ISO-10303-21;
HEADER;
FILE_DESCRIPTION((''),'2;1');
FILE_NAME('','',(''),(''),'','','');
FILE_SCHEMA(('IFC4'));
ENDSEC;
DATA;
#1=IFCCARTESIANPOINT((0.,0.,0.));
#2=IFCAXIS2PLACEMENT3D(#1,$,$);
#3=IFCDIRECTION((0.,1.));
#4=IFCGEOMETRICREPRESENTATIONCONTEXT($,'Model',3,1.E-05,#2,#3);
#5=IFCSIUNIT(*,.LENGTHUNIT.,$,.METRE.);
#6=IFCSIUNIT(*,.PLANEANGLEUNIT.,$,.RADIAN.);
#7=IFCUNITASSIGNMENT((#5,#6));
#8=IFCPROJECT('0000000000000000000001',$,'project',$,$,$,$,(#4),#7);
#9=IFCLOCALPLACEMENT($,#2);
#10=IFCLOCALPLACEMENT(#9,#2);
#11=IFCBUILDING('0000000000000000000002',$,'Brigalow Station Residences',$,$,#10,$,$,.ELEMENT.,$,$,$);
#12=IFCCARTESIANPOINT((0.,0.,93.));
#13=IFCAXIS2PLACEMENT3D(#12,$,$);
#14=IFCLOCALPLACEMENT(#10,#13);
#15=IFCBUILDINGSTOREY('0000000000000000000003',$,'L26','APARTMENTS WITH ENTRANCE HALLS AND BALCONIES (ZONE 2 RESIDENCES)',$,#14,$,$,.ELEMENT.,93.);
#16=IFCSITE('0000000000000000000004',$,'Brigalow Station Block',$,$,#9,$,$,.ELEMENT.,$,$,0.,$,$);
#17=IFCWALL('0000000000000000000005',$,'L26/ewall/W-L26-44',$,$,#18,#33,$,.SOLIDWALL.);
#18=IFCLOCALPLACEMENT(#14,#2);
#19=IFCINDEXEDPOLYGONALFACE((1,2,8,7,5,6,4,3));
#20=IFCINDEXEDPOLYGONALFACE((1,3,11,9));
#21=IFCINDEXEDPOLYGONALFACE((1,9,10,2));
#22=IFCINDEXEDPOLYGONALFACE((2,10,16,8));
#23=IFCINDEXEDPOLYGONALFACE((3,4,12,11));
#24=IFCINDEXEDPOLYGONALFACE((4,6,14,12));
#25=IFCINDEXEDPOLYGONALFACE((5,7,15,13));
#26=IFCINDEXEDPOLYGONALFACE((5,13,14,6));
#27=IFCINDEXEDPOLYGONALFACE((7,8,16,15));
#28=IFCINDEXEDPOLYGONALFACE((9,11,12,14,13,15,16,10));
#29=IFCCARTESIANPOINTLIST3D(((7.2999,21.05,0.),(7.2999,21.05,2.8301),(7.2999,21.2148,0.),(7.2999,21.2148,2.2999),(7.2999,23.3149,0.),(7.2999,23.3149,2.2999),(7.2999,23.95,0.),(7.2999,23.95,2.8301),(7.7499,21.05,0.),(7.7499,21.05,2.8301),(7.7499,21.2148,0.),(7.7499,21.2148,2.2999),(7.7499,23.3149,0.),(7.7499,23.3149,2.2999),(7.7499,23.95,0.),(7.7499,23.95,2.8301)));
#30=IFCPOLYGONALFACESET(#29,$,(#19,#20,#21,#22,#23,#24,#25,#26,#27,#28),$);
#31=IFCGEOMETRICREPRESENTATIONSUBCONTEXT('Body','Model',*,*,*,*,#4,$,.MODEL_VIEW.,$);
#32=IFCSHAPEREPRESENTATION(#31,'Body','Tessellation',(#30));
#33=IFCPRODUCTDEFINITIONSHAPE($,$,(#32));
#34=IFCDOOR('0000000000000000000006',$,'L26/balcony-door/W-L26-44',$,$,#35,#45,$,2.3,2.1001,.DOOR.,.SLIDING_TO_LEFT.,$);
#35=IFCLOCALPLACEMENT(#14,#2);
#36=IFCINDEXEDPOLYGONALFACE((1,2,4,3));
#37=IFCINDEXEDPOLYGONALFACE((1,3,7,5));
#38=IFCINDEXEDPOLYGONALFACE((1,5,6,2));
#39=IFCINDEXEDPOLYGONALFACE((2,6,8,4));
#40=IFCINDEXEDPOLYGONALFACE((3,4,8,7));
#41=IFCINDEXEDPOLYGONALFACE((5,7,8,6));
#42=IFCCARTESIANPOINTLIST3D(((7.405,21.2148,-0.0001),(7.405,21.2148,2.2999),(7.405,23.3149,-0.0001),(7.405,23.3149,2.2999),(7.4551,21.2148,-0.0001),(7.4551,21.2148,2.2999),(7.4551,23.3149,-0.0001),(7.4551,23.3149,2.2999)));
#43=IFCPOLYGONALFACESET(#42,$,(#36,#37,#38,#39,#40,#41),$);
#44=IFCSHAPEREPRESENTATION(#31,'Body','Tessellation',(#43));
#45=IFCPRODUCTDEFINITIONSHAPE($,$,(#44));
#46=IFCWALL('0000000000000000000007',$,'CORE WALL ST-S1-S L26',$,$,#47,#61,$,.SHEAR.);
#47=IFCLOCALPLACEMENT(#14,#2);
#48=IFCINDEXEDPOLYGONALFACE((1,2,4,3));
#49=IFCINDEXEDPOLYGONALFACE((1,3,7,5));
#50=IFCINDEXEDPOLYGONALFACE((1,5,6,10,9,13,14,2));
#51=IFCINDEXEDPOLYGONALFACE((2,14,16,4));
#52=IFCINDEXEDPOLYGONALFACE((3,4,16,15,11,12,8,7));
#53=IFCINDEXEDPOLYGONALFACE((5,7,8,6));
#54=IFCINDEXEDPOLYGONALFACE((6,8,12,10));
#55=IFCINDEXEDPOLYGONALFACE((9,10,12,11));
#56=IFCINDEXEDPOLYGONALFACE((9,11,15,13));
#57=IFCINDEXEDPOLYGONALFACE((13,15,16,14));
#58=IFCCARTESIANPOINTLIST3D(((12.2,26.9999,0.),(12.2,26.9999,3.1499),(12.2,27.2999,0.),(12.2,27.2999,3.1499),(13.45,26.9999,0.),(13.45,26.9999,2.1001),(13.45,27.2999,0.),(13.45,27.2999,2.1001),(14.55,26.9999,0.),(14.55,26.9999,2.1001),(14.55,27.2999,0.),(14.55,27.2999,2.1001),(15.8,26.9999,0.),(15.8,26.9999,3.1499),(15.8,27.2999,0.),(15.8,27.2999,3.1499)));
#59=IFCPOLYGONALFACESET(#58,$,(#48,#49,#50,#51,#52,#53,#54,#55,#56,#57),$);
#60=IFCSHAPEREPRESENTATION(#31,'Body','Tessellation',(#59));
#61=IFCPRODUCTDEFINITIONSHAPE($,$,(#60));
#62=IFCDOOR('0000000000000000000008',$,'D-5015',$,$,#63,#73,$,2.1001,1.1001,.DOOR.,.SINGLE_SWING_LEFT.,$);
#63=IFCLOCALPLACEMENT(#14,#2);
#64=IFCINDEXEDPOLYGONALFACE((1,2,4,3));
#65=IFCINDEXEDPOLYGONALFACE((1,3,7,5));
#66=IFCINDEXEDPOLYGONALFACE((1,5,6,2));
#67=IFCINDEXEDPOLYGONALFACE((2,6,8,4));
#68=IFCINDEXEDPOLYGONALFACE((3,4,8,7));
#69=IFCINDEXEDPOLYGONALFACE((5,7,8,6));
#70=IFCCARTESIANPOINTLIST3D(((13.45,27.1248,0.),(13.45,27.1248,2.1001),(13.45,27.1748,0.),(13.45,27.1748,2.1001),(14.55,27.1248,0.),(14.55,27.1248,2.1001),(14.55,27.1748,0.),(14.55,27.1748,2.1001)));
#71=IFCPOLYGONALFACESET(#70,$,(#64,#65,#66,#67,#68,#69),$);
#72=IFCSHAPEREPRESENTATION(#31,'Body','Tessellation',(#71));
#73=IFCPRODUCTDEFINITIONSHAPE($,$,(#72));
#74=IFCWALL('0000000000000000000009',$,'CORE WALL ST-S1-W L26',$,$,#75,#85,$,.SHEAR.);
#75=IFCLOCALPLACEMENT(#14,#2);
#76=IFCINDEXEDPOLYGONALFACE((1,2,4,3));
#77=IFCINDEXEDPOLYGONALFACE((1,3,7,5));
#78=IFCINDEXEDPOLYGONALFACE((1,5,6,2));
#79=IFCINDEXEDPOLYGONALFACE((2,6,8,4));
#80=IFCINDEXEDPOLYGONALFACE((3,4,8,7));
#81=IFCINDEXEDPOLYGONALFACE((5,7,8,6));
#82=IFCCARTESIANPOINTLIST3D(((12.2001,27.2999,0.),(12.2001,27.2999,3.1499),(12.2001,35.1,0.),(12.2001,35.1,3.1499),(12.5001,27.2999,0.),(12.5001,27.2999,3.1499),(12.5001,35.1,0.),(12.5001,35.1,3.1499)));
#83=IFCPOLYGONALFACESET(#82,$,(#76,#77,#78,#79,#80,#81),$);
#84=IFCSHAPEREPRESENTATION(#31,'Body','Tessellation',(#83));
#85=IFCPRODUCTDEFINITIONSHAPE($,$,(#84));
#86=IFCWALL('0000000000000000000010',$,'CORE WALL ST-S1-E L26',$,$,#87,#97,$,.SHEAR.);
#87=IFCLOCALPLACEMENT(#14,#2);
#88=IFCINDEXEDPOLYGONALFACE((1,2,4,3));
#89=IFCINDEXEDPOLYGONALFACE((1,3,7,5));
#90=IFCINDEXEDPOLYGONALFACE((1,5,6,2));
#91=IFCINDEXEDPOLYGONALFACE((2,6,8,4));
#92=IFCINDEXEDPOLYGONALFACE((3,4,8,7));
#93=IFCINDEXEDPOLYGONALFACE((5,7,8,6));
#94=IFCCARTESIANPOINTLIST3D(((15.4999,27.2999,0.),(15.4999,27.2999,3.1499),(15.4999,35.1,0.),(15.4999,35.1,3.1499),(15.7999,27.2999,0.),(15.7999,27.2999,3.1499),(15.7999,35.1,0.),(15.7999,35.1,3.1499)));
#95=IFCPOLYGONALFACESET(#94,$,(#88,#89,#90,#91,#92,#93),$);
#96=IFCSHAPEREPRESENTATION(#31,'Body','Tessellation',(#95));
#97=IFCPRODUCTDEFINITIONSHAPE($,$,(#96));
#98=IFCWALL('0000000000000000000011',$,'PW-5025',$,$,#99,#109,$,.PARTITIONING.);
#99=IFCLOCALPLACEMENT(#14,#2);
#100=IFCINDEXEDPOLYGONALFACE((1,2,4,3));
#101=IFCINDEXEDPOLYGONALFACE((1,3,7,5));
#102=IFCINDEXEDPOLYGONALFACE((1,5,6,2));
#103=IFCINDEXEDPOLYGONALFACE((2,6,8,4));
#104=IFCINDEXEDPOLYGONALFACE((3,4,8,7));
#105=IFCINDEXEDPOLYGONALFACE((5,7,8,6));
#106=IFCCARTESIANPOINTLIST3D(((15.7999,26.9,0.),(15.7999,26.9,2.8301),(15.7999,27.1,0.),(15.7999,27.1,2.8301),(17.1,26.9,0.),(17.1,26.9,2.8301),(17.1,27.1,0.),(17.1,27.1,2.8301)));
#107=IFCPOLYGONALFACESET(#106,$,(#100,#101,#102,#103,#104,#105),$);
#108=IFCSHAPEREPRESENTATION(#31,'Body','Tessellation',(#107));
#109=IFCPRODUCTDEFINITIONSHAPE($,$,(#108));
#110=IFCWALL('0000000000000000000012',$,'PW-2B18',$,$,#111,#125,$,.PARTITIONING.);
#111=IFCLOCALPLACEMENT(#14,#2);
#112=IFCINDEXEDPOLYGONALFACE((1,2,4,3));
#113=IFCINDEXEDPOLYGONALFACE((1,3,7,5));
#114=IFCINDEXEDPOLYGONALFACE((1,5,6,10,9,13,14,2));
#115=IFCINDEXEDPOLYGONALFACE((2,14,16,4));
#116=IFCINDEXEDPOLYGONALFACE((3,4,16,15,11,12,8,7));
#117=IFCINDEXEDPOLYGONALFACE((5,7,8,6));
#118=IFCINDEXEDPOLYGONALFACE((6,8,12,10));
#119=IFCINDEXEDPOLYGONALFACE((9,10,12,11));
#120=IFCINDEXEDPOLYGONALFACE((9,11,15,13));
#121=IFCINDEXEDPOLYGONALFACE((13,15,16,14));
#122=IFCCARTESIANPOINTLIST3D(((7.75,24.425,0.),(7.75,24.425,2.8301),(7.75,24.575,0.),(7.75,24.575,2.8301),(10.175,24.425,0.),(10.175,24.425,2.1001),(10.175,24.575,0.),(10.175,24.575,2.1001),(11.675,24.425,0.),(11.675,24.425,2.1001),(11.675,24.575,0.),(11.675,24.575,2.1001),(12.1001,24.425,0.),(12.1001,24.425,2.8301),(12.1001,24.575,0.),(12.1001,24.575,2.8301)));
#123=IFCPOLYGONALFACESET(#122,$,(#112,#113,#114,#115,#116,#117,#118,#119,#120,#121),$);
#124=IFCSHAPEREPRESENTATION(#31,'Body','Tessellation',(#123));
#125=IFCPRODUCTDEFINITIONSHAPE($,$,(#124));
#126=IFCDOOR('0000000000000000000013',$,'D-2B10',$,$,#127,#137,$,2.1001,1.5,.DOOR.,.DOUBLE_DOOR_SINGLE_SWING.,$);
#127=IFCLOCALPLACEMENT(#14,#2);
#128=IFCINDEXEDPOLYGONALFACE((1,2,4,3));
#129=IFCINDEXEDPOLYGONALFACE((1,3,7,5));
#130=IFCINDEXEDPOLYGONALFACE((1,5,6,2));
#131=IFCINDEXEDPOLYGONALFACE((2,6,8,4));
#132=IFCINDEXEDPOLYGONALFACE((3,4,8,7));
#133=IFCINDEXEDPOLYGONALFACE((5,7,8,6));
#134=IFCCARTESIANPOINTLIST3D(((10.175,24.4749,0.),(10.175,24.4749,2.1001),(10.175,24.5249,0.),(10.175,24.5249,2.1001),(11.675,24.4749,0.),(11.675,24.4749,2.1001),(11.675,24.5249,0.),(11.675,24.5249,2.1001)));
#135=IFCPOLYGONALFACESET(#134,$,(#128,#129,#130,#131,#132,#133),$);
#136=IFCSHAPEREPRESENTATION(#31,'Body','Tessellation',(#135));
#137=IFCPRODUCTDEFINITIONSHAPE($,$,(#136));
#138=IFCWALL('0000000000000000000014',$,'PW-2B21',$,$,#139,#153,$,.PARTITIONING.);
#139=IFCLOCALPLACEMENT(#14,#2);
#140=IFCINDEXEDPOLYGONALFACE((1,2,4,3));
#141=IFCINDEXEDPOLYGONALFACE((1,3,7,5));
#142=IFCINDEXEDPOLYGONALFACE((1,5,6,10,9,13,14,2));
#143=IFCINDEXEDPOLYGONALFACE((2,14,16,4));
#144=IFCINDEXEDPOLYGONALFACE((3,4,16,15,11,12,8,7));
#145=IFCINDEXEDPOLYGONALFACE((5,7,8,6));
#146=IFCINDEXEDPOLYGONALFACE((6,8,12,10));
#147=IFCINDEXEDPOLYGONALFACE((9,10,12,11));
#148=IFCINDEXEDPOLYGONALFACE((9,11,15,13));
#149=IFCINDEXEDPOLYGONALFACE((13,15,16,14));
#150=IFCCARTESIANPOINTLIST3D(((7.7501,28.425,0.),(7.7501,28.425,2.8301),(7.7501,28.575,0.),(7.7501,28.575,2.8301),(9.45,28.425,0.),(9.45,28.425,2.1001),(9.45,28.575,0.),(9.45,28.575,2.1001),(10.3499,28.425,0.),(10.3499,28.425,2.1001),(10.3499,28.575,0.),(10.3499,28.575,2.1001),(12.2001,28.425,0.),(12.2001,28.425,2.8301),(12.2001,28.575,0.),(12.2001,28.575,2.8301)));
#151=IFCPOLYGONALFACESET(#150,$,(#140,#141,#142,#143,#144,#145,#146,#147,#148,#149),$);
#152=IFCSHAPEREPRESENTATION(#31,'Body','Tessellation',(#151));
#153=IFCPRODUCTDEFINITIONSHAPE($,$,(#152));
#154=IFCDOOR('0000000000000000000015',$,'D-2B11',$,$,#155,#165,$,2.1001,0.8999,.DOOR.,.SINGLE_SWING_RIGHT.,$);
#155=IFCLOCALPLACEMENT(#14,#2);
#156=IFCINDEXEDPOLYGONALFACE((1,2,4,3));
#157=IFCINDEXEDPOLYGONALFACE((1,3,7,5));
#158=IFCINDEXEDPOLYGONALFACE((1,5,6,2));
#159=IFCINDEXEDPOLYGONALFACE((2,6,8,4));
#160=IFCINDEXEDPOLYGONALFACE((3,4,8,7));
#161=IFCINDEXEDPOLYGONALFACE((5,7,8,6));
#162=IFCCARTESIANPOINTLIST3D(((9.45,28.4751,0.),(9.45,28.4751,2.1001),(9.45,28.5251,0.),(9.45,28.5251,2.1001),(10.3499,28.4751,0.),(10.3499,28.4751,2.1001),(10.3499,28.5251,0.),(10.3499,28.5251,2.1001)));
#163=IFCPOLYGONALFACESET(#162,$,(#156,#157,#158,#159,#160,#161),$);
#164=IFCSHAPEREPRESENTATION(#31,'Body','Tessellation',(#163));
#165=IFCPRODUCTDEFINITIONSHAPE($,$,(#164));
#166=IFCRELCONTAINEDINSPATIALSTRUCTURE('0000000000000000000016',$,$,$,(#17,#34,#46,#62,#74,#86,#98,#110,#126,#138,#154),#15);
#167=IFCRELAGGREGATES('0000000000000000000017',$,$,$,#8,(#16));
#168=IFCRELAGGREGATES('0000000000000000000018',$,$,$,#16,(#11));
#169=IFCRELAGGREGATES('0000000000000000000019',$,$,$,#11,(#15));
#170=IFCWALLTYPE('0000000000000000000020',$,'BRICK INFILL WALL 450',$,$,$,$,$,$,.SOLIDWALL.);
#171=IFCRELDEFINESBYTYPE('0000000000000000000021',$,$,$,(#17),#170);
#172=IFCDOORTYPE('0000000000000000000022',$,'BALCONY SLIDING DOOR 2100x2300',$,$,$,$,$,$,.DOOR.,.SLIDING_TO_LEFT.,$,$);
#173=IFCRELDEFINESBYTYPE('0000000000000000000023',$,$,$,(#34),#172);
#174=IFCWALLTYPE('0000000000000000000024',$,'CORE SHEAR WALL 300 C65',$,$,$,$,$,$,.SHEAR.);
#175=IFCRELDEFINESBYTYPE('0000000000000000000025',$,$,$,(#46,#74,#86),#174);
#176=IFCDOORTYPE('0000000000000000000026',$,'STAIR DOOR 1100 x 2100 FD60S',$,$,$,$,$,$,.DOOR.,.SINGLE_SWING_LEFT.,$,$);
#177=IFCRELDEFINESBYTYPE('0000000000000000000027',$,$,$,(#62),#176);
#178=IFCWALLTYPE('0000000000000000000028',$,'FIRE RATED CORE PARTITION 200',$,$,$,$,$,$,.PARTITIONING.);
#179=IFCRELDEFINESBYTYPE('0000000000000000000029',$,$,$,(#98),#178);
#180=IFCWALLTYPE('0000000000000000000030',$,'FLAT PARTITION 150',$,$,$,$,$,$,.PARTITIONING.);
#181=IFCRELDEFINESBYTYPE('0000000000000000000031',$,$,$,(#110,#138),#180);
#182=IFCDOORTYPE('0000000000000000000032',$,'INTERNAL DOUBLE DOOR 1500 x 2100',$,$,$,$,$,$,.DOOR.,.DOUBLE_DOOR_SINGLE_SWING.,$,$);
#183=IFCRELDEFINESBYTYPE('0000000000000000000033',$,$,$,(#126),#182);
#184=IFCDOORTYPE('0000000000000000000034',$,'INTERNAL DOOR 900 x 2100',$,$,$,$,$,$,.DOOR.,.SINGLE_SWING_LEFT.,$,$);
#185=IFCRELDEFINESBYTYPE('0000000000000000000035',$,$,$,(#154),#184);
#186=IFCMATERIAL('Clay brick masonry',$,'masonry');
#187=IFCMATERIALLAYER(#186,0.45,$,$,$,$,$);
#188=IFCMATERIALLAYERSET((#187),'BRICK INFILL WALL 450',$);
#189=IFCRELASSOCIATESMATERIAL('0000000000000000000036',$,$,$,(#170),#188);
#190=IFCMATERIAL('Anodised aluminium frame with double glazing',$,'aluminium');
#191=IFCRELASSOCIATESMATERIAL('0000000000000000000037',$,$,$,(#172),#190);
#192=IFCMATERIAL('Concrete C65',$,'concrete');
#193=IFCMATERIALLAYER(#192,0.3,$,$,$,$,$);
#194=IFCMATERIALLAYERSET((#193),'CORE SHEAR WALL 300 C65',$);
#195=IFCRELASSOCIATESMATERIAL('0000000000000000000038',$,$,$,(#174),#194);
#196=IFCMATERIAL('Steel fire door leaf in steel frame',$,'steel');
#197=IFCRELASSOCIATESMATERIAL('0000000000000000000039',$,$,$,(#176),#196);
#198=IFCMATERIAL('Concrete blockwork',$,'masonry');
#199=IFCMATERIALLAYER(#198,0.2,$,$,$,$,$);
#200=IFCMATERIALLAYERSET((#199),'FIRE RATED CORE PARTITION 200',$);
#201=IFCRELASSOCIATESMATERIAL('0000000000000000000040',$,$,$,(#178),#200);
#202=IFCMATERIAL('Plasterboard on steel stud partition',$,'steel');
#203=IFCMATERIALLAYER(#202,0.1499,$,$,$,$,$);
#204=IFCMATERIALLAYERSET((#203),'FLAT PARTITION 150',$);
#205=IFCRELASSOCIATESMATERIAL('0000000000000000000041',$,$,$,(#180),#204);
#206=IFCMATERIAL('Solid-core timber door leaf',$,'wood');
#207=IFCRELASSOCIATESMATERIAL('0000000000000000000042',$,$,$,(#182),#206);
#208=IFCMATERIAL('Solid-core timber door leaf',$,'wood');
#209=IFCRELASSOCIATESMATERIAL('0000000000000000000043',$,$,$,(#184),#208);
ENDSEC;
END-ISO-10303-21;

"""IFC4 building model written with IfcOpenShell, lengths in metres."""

from ifc_helpers import new_model, si_unit, direction, frame, frame_2d, origin, place, context, subcontext, project, spatial, rectangle, extrude, material, layer, layer_set, type_object, element, fill, save


model = new_model("IFC4")

# Units and contexts
model_context = context("Model", 3, precision=1e-05, world=origin(), true_north=direction((0.0, 1.0)))
body_context = subcontext(model_context, "Body", "Model", "MODEL_VIEW")
ifc_project = project(units=[si_unit("LENGTHUNIT", "METRE"), si_unit("PLANEANGLEUNIT", "RADIAN")], contexts=[model_context])

# Site, building, storey
site_placement = place(None, origin())
site = spatial("IfcSite", under=ifc_project, at=site_placement, Name="Brigalow Station Block", CompositionType="ELEMENT", RefElevation=0.0)
building_placement = place(site_placement, origin())
building = spatial("IfcBuilding", under=site, at=building_placement, Name="Brigalow Station Residences", CompositionType="ELEMENT")
storey_placement = place(building_placement, frame((0.0, 0.0, 93.0)))
storey = spatial("IfcBuildingStorey", under=building, at=storey_placement, Name="L26", Description="APARTMENTS WITH ENTRANCE HALLS AND BALCONIES (ZONE 2 RESIDENCES)", CompositionType="ELEMENT", Elevation=93.0)

# Shared definitions
ifc_material_1 = material(Name="Clay brick masonry", Category="masonry")
ifc_layer_1 = layer(ifc_material_1, 0.45)
ifc_layer_set_1 = layer_set([ifc_layer_1], Name="BRICK INFILL WALL 450")
wall_type_1 = type_object("IfcWallType", Name="BRICK INFILL WALL 450", PredefinedType="SOLIDWALL", material=ifc_layer_set_1)

# Walls, openings, doors
wall_1_placement = place(storey_placement, frame((7.5249, 23.95, 0.0), z_axis=(0.0, 0.0, 1.0), x_axis=(0.0, -1.0, 0.0)))
wall_1 = element("IfcWall", 1, at=wall_1_placement, inside=storey, type_object=wall_type_1, Name="L26/ewall/W-L26-44", PredefinedType="SOLIDWALL", context=body_context, shape_type="SweptSolid", body=[
    extrude(rectangle(XDim=2.8999, YDim=0.45, at=frame_2d((1.45, 0.0))), origin(), (0.0, 0.0, 1.0), 2.8301),
])
opening_1_placement = place(wall_1_placement, frame((0.635, 0.0, 0.0)))
opening_1 = element("IfcOpeningElement", 2, at=opening_1_placement, cuts=wall_1, PredefinedType="OPENING", context=body_context, shape_type="SweptSolid", body=[
    extrude(rectangle(XDim=2.1001, YDim=2.3, at=frame_2d((1.05, 1.1499))), frame((0.0, 0.2349, 0.0), z_axis=(0.0, -1.0, 0.0), x_axis=(1.0, 0.0, 0.0)), (0.0, 0.0, 1.0), 0.47),
])
ifc_material_2 = material(Name="Anodised aluminium frame with double glazing", Category="aluminium")
door_type_1 = type_object("IfcDoorType", Name="BALCONY SLIDING DOOR 2100x2300", OperationType="SLIDING_TO_LEFT", PredefinedType="DOOR", material=ifc_material_2)
door_1_placement = place(opening_1_placement, origin())
door_1 = element("IfcDoor", 3, at=door_1_placement, inside=storey, type_object=door_type_1, Name="L26/balcony-door/W-L26-44", OperationType="SLIDING_TO_LEFT", OverallHeight=2.3, OverallWidth=2.1001, PredefinedType="DOOR", context=body_context, shape_type="SweptSolid", body=[
    extrude(rectangle(XDim=2.1001, YDim=2.3, at=frame_2d((1.05, 1.1499))), frame((0.0, -0.0698, 0.0), z_axis=(0.0, -1.0, 0.0), x_axis=(1.0, 0.0, 0.0)), (0.0, 0.0, 1.0), 0.05),
])
fill(opening_1, door_1)
ifc_material_3 = material(Name="Concrete C65", Category="concrete")
ifc_layer_2 = layer(ifc_material_3, 0.3)
ifc_layer_set_2 = layer_set([ifc_layer_2], Name="CORE SHEAR WALL 300 C65")
wall_type_2 = type_object("IfcWallType", Name="CORE SHEAR WALL 300 C65", PredefinedType="SHEAR", material=ifc_layer_set_2)
wall_2_placement = place(storey_placement, frame((12.2, 27.1499, 0.0), z_axis=(0.0, 0.0, 1.0), x_axis=(1.0, 0.0, 0.0)))
wall_2 = element("IfcWall", 4, at=wall_2_placement, inside=storey, type_object=wall_type_2, Name="CORE WALL ST-S1-S L26", PredefinedType="SHEAR", context=body_context, shape_type="SweptSolid", body=[
    extrude(rectangle(XDim=3.6001, YDim=0.3, at=frame_2d((1.8, 0.0))), origin(), (0.0, 0.0, 1.0), 3.1499),
])
opening_2_placement = place(wall_2_placement, frame((1.25, 0.0, 0.0)))
opening_2 = element("IfcOpeningElement", 5, at=opening_2_placement, cuts=wall_2, PredefinedType="OPENING", context=body_context, shape_type="SweptSolid", body=[
    extrude(rectangle(XDim=1.1001, YDim=2.1001, at=frame_2d((0.55, 1.05))), frame((0.0, 0.1602, 0.0), z_axis=(0.0, -1.0, 0.0), x_axis=(1.0, 0.0, 0.0)), (0.0, 0.0, 1.0), 0.3201),
])
ifc_material_4 = material(Name="Steel fire door leaf in steel frame", Category="steel")
door_type_2 = type_object("IfcDoorType", Name="STAIR DOOR 1100 x 2100 FD60S", OperationType="SINGLE_SWING_LEFT", PredefinedType="DOOR", material=ifc_material_4)
door_2_placement = place(opening_2_placement, origin())
door_2 = element("IfcDoor", 6, at=door_2_placement, inside=storey, type_object=door_type_2, Name="D-5015", OperationType="SINGLE_SWING_LEFT", OverallHeight=2.1001, OverallWidth=1.1001, PredefinedType="DOOR", context=body_context, shape_type="SweptSolid", body=[
    extrude(rectangle(XDim=1.1001, YDim=2.1001, at=frame_2d((0.55, 1.05))), frame((0.0, 0.0249, 0.0), z_axis=(0.0, -1.0, 0.0), x_axis=(1.0, 0.0, 0.0)), (0.0, 0.0, 1.0), 0.05),
])
fill(opening_2, door_2)

# Walls
for number, where, z_axis, x_axis, name in (
    (7, (12.3501, 27.3, 0.0), (0.0, 0.0, 1.0), (0.0, 1.0, 0.0), "CORE WALL ST-S1-W L26"),
    (8, (15.6499, 27.3, 0.0), (0.0, 0.0, 1.0), (0.0, 1.0, 0.0), "CORE WALL ST-S1-E L26"),
):
    element("IfcWall", number, at=place(storey_placement, frame(where, z_axis=z_axis, x_axis=x_axis)), inside=storey, type_object=wall_type_2, Name=name, PredefinedType="SHEAR", context=body_context, shape_type="SweptSolid", body=[
        extrude(rectangle(XDim=7.8, YDim=0.3, at=frame_2d((3.8999, 0.0))), origin(), (0.0, 0.0, 1.0), 3.1499),
    ])
ifc_material_5 = material(Name="Concrete blockwork", Category="masonry")
ifc_layer_3 = layer(ifc_material_5, 0.2)
ifc_layer_set_3 = layer_set([ifc_layer_3], Name="FIRE RATED CORE PARTITION 200")
wall_type_3 = type_object("IfcWallType", Name="FIRE RATED CORE PARTITION 200", PredefinedType="PARTITIONING", material=ifc_layer_set_3)
wall_3_placement = place(storey_placement, frame((15.8, 27.0, 0.0), z_axis=(0.0, 0.0, 1.0), x_axis=(1.0, 0.0, 0.0)))
element("IfcWall", 9, at=wall_3_placement, inside=storey, type_object=wall_type_3, Name="PW-5025", PredefinedType="PARTITIONING", context=body_context, shape_type="SweptSolid", body=[
    extrude(rectangle(XDim=1.3, YDim=0.2, at=frame_2d((0.6499, 0.0))), origin(), (0.0, 0.0, 1.0), 2.8301),
])

# Walls, openings, doors
ifc_material_6 = material(Name="Plasterboard on steel stud partition", Category="steel")
ifc_layer_4 = layer(ifc_material_6, 0.1499)
ifc_layer_set_4 = layer_set([ifc_layer_4], Name="FLAT PARTITION 150")
wall_type_4 = type_object("IfcWallType", Name="FLAT PARTITION 150", PredefinedType="PARTITIONING", material=ifc_layer_set_4)
wall_4_placement = place(storey_placement, frame((7.75, 24.5, 0.0), z_axis=(0.0, 0.0, 1.0), x_axis=(1.0, 0.0, 0.0)))
wall_4 = element("IfcWall", 10, at=wall_4_placement, inside=storey, type_object=wall_type_4, Name="PW-2B18", PredefinedType="PARTITIONING", context=body_context, shape_type="SweptSolid", body=[
    extrude(rectangle(XDim=4.3501, YDim=0.1499, at=frame_2d((2.175, 0.0))), origin(), (0.0, 0.0, 1.0), 2.8301),
])
opening_3_placement = place(wall_4_placement, frame((2.425, 0.0, 0.0)))
opening_3 = element("IfcOpeningElement", 11, at=opening_3_placement, cuts=wall_4, PredefinedType="OPENING", context=body_context, shape_type="SweptSolid", body=[
    extrude(rectangle(XDim=1.5, YDim=2.1001, at=frame_2d((0.75, 1.05))), frame((0.0, 0.085, 0.0), z_axis=(0.0, -1.0, 0.0), x_axis=(1.0, 0.0, 0.0)), (0.0, 0.0, 1.0), 0.1699),
])
ifc_material_7 = material(Name="Solid-core timber door leaf", Category="wood")
door_type_3 = type_object("IfcDoorType", Name="INTERNAL DOUBLE DOOR 1500 x 2100", OperationType="DOUBLE_DOOR_SINGLE_SWING", PredefinedType="DOOR", material=ifc_material_7)
door_3_placement = place(opening_3_placement, origin())
door_3 = element("IfcDoor", 12, at=door_3_placement, inside=storey, type_object=door_type_3, Name="D-2B10", OperationType="DOUBLE_DOOR_SINGLE_SWING", OverallHeight=2.1001, OverallWidth=1.5, PredefinedType="DOOR", context=body_context, shape_type="SweptSolid", body=[
    extrude(rectangle(XDim=1.5, YDim=2.1001, at=frame_2d((0.75, 1.05))), frame((0.0, 0.0249, 0.0), z_axis=(0.0, -1.0, 0.0), x_axis=(1.0, 0.0, 0.0)), (0.0, 0.0, 1.0), 0.05),
])
fill(opening_3, door_3)
wall_5_placement = place(storey_placement, frame((7.75, 28.5, 0.0), z_axis=(0.0, 0.0, 1.0), x_axis=(1.0, 0.0, 0.0)))
wall_5 = element("IfcWall", 13, at=wall_5_placement, inside=storey, type_object=wall_type_4, Name="PW-2B21", PredefinedType="PARTITIONING", context=body_context, shape_type="SweptSolid", body=[
    extrude(rectangle(XDim=4.45, YDim=0.1499, at=frame_2d((2.2251, 0.0))), origin(), (0.0, 0.0, 1.0), 2.8301),
])
opening_4_placement = place(wall_5_placement, frame((1.7, 0.0, 0.0)))
opening_4 = element("IfcOpeningElement", 14, at=opening_4_placement, cuts=wall_5, PredefinedType="OPENING", context=body_context, shape_type="SweptSolid", body=[
    extrude(rectangle(XDim=0.8999, YDim=2.1001, at=frame_2d((0.45, 1.05))), frame((0.0, 0.085, 0.0), z_axis=(0.0, -1.0, 0.0), x_axis=(1.0, 0.0, 0.0)), (0.0, 0.0, 1.0), 0.1699),
])
ifc_material_8 = material(Name="Solid-core timber door leaf", Category="wood")
door_type_4 = type_object("IfcDoorType", Name="INTERNAL DOOR 900 x 2100", OperationType="SINGLE_SWING_LEFT", PredefinedType="DOOR", material=ifc_material_8)
door_4_placement = place(opening_4_placement, frame((0.8999, 0.0, 0.0), z_axis=(0.0, 0.0, 1.0), x_axis=(-1.0, 0.0, 0.0)))
door_4 = element("IfcDoor", 15, at=door_4_placement, inside=storey, type_object=door_type_4, Name="D-2B11", OperationType="SINGLE_SWING_RIGHT", OverallHeight=2.1001, OverallWidth=0.8999, PredefinedType="DOOR", context=body_context, shape_type="SweptSolid", body=[
    extrude(rectangle(XDim=0.8999, YDim=2.1001, at=frame_2d((0.45, 1.05))), frame((0.0, 0.0249, 0.0), z_axis=(0.0, -1.0, 0.0), x_axis=(1.0, 0.0, 0.0)), (0.0, 0.0, 1.0), 0.05),
])
fill(opening_4, door_4)

save(model, "model.ifc")
